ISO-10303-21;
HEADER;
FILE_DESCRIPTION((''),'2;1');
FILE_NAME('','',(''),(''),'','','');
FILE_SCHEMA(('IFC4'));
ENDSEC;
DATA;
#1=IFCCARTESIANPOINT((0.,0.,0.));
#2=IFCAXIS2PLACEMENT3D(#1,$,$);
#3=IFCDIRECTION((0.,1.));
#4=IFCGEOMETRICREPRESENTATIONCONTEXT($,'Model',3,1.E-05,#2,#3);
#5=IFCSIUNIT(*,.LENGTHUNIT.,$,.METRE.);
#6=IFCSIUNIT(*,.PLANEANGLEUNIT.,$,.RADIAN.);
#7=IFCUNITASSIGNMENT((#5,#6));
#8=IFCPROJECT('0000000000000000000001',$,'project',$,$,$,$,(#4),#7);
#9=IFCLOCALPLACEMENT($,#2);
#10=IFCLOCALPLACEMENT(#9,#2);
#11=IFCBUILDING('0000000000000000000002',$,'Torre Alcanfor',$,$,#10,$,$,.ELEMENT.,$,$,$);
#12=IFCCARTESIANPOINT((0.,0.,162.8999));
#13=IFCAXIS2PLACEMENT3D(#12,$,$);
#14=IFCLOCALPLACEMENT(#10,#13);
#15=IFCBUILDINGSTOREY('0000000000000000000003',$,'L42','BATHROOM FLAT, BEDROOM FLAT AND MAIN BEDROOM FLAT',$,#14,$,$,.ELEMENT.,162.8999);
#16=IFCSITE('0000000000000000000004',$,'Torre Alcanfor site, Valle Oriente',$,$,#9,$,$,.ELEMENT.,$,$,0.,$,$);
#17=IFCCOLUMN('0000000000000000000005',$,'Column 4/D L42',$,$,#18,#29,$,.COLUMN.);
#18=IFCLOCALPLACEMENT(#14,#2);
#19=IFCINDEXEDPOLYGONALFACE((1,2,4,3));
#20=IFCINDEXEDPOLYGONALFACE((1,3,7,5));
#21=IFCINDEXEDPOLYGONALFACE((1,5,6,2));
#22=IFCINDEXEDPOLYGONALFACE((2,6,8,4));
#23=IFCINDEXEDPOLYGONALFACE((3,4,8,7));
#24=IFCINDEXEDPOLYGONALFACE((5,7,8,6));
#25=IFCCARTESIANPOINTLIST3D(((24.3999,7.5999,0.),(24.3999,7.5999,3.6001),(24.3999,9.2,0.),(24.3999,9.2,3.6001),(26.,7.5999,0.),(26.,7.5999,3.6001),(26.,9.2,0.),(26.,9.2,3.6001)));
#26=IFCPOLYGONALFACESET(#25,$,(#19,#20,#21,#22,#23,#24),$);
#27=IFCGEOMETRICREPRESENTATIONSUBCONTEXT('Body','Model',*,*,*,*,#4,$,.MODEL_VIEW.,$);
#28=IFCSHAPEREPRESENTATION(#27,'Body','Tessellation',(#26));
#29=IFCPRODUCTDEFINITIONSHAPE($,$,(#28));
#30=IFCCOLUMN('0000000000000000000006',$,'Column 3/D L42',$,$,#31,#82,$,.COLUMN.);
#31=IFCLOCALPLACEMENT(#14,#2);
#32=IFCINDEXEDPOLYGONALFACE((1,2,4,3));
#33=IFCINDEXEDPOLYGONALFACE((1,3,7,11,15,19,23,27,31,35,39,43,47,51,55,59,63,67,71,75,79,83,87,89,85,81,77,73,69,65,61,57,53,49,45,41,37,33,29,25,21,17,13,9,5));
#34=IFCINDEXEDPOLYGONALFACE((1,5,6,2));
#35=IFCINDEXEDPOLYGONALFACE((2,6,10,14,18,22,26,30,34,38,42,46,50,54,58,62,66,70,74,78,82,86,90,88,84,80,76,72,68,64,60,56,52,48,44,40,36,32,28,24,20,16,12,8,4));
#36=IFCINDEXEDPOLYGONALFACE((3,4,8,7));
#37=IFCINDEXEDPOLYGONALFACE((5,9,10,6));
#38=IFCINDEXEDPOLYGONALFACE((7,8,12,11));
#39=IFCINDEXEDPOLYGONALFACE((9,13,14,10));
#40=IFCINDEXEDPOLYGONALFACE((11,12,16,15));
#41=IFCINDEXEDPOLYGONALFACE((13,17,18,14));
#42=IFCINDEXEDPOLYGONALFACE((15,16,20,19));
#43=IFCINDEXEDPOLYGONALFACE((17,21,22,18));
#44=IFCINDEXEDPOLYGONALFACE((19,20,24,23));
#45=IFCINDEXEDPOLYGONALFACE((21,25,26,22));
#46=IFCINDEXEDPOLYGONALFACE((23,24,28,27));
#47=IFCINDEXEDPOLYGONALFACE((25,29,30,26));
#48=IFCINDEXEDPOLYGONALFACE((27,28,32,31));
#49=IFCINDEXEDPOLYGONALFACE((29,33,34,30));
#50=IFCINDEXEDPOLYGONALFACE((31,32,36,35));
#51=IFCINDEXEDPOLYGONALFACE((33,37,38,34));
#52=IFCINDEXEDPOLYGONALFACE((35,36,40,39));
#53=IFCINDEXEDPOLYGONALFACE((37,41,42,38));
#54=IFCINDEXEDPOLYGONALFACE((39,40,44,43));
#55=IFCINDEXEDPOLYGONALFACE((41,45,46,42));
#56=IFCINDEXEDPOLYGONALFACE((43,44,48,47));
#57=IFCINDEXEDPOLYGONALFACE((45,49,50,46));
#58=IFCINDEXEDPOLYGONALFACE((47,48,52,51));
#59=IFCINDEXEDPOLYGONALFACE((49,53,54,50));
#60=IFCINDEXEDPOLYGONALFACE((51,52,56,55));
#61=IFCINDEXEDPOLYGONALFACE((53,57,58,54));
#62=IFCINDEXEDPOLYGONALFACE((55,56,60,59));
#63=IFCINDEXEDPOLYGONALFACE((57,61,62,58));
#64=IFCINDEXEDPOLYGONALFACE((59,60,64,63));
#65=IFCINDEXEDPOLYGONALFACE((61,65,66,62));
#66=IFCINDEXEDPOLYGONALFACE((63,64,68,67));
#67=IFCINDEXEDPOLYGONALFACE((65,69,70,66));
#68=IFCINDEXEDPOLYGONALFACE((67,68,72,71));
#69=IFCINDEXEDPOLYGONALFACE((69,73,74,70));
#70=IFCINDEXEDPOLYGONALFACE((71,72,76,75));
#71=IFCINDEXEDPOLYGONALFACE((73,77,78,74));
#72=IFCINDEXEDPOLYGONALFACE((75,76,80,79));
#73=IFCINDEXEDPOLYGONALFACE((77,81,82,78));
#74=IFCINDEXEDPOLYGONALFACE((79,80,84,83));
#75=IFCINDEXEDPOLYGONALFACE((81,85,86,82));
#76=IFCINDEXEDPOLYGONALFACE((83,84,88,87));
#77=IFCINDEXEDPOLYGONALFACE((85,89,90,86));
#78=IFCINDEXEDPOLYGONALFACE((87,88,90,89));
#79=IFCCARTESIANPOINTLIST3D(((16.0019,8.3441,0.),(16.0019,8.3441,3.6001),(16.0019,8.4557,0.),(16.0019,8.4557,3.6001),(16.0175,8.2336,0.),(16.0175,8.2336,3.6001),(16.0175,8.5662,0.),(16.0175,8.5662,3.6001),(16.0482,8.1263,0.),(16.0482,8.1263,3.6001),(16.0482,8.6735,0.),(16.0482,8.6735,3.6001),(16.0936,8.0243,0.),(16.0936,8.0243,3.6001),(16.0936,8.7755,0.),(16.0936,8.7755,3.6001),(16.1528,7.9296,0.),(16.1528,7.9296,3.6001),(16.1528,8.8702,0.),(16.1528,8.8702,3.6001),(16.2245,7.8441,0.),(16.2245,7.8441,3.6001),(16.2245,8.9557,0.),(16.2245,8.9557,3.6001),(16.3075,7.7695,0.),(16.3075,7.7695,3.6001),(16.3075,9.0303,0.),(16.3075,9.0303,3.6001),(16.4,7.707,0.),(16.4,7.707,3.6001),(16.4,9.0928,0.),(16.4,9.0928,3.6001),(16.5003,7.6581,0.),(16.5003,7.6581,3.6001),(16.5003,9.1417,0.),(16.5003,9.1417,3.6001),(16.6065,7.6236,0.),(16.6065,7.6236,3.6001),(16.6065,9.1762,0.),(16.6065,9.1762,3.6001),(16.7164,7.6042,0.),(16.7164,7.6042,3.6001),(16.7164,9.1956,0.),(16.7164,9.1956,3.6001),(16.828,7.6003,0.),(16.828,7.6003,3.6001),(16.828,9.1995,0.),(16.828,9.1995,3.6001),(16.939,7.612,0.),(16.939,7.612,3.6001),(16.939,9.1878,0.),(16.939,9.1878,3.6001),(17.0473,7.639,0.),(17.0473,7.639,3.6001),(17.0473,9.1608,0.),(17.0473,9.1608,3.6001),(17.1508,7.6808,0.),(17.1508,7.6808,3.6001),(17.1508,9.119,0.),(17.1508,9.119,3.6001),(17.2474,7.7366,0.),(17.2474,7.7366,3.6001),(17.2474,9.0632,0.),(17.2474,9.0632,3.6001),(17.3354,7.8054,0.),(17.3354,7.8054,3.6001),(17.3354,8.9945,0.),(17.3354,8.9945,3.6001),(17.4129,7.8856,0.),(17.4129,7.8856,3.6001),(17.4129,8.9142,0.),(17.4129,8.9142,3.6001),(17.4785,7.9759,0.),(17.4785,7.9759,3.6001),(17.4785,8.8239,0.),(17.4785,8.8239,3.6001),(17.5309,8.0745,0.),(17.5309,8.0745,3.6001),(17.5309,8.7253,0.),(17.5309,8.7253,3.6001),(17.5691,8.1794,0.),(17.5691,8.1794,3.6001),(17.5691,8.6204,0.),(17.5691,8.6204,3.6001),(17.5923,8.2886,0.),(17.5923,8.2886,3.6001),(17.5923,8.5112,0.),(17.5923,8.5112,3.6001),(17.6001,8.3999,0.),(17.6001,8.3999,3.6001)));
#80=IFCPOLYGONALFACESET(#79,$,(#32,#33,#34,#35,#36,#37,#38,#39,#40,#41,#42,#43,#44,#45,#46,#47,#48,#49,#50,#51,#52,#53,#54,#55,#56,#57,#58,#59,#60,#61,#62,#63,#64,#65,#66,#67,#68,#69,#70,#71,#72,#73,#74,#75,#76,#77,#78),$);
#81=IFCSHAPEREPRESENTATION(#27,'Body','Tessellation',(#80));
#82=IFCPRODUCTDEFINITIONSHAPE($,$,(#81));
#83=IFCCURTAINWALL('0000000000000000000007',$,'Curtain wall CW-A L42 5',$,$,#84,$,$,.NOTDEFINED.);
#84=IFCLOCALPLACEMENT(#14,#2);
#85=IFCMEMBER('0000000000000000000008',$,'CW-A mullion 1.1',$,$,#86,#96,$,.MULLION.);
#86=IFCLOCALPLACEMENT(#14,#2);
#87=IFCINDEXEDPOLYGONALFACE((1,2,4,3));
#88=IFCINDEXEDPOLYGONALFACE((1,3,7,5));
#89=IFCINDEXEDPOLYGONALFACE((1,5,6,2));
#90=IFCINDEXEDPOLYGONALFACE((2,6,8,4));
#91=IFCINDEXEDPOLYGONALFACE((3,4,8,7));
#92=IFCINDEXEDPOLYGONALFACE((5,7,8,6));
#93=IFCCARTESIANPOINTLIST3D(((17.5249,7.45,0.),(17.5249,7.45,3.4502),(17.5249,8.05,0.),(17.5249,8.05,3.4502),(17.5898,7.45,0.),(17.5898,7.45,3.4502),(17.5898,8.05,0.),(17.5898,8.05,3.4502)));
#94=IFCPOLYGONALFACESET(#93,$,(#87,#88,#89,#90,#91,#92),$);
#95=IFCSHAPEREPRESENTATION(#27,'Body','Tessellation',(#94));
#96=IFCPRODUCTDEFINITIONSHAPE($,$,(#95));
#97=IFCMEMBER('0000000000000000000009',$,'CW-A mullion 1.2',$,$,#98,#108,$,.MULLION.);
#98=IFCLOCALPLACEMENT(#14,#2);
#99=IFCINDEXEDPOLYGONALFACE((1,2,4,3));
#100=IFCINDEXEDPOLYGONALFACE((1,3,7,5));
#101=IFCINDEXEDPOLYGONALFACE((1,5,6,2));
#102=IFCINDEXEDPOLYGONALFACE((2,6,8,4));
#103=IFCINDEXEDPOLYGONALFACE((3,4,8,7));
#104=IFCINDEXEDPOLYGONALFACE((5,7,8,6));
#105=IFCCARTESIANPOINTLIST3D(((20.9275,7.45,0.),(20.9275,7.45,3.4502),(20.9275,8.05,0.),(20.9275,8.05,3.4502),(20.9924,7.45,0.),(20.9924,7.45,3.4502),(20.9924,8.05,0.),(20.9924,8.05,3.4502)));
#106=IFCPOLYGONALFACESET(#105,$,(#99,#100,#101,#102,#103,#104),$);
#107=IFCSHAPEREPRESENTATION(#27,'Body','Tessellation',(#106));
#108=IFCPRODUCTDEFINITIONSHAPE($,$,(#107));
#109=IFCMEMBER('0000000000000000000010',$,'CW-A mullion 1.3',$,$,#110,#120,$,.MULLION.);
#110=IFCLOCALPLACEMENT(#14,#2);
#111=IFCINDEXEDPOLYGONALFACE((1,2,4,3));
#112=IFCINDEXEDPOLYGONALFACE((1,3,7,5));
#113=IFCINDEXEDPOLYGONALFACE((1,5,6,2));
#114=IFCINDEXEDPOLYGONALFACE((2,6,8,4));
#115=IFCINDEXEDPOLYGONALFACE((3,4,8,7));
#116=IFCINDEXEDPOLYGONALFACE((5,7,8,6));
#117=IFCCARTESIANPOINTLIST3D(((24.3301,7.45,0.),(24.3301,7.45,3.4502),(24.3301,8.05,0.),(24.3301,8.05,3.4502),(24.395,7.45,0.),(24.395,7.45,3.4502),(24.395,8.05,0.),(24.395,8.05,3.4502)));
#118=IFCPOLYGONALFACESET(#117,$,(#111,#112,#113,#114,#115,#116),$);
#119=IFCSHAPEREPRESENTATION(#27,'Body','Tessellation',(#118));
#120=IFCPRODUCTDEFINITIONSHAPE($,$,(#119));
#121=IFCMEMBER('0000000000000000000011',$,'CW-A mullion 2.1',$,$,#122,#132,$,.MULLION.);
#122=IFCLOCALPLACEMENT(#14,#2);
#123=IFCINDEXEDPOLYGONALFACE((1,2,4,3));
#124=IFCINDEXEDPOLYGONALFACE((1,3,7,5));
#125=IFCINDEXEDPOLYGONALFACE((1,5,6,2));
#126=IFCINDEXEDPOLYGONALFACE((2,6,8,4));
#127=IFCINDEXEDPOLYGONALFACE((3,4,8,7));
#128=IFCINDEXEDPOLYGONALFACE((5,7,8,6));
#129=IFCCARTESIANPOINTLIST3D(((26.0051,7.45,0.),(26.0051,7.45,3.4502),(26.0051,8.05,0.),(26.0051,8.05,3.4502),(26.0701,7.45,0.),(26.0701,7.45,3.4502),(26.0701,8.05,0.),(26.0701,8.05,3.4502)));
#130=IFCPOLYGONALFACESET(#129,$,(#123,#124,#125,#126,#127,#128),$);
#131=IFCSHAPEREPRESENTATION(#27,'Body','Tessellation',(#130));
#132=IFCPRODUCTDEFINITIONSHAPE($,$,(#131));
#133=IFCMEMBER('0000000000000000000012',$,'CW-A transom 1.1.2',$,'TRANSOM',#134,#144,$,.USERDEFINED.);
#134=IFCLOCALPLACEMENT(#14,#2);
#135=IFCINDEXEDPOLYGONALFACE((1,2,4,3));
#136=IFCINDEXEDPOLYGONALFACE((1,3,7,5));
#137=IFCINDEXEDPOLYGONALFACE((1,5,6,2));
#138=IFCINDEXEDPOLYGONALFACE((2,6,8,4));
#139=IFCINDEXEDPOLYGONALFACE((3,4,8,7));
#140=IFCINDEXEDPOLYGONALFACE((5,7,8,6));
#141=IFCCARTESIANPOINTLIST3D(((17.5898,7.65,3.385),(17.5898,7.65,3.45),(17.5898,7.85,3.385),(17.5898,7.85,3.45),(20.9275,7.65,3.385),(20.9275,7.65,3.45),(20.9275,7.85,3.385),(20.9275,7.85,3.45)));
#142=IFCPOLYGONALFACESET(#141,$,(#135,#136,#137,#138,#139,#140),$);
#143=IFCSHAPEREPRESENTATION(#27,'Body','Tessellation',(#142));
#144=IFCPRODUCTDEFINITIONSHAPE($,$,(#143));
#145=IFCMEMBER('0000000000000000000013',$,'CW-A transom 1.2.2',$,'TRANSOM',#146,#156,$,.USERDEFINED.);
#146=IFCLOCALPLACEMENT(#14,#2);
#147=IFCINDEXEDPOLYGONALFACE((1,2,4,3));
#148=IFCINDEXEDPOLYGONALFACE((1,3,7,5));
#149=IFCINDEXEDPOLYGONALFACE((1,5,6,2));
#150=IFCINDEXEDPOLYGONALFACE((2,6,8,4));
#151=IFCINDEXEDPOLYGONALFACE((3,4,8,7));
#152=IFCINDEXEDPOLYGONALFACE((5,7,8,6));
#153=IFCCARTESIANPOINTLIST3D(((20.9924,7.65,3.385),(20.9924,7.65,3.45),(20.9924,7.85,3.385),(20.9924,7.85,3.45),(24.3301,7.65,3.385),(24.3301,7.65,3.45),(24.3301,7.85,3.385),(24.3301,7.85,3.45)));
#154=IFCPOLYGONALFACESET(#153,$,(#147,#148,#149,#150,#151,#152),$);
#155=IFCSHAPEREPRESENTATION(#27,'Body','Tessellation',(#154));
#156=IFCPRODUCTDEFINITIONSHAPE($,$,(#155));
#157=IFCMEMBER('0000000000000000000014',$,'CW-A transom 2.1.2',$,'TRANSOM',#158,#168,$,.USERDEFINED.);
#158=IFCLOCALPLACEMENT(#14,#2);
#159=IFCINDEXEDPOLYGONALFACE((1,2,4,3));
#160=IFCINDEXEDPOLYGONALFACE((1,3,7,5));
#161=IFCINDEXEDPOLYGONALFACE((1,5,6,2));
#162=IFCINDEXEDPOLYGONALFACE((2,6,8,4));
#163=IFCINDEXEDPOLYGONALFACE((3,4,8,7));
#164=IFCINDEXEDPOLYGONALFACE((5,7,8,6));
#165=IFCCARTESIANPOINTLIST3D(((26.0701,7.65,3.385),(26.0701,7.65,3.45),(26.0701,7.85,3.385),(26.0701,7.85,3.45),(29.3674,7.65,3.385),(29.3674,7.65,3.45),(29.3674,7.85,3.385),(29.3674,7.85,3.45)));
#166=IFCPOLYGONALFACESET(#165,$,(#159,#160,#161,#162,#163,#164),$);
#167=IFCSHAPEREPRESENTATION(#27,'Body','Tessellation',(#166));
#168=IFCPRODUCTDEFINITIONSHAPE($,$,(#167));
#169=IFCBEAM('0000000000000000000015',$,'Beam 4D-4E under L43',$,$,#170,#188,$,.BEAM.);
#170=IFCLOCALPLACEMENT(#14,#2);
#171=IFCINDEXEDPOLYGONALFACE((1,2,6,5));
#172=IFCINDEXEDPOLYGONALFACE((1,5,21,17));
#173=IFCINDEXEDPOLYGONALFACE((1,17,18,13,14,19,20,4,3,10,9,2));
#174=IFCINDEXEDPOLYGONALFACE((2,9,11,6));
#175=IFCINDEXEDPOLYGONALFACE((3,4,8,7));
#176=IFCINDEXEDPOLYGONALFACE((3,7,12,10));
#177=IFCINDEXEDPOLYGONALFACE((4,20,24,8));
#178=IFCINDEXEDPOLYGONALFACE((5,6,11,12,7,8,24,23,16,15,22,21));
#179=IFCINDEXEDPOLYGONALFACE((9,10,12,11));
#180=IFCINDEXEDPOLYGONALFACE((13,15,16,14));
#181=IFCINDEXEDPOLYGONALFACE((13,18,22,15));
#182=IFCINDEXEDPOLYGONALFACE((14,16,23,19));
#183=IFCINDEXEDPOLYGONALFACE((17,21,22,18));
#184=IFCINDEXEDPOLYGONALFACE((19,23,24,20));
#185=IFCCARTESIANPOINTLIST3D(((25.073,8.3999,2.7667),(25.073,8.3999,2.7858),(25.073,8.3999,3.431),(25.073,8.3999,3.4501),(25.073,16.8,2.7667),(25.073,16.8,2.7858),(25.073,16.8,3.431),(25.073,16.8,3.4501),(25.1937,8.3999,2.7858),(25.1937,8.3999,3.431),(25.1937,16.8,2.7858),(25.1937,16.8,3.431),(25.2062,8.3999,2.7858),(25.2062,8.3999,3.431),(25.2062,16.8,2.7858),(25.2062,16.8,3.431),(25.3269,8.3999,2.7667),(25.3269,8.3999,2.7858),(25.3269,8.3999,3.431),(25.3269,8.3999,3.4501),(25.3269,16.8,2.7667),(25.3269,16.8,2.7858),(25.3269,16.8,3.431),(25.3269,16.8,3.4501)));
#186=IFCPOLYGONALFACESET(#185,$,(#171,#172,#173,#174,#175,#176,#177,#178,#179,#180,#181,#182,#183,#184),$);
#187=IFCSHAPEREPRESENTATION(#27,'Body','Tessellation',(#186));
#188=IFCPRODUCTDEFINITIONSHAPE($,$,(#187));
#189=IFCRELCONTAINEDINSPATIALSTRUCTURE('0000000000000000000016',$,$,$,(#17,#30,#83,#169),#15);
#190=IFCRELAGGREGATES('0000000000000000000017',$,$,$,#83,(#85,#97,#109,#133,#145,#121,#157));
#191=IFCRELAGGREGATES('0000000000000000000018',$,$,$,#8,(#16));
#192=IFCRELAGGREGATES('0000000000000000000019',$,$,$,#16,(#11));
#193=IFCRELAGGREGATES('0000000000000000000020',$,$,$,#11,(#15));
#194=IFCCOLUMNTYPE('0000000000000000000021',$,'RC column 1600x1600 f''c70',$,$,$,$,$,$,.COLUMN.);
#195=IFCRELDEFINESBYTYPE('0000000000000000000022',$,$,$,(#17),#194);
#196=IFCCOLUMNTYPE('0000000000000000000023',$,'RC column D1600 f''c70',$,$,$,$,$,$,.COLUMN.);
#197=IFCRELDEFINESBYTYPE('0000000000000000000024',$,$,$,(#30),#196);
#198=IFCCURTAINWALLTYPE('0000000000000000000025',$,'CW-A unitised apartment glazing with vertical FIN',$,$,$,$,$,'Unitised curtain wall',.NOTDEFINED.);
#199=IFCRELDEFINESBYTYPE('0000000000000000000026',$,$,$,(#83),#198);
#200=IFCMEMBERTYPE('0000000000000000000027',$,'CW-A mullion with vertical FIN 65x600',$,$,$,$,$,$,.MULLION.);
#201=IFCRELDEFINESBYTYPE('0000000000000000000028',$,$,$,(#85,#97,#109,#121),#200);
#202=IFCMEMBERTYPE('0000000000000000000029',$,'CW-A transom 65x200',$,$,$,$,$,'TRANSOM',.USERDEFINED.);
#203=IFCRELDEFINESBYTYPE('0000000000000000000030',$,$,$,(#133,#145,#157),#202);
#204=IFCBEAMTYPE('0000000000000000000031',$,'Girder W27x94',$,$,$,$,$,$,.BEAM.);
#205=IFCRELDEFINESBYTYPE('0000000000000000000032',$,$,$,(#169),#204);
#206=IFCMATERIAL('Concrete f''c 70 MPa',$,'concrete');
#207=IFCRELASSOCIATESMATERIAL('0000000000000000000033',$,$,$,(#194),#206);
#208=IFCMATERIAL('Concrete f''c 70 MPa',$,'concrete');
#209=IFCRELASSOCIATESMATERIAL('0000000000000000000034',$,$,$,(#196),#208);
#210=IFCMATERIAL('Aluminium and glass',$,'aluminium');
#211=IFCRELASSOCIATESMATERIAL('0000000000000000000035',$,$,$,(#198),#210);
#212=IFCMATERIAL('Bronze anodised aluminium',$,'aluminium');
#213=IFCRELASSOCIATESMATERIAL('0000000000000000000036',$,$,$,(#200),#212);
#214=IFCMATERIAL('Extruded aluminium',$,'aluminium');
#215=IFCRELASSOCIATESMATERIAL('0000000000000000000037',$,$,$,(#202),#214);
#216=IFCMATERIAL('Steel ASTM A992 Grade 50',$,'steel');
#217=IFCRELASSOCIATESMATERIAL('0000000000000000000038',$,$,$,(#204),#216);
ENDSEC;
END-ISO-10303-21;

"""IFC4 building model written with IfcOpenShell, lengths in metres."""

from ifc_helpers import new_model, si_unit, direction, frame, origin, origin_2d, place, context, subcontext, project, spatial, rectangle, circle, i_section, extrude, material, material_profile, profile_set, type_object, element, aggregate, save


model = new_model("IFC4")

# Units and contexts
model_context = context("Model", 3, precision=1e-05, world=origin(), true_north=direction((0.0, 1.0)))
body_context = subcontext(model_context, "Body", "Model", "MODEL_VIEW")
ifc_project = project(units=[si_unit("LENGTHUNIT", "METRE"), si_unit("PLANEANGLEUNIT", "RADIAN")], contexts=[model_context])

# Site, building, storey
site_placement = place(None, origin())
site = spatial("IfcSite", under=ifc_project, at=site_placement, Name="Torre Alcanfor site, Valle Oriente", CompositionType="ELEMENT", RefElevation=0.0)
building_placement = place(site_placement, origin())
building = spatial("IfcBuilding", under=site, at=building_placement, Name="Torre Alcanfor", CompositionType="ELEMENT")
storey_placement = place(building_placement, frame((0.0, 0.0, 162.8999)))
storey = spatial("IfcBuildingStorey", under=building, at=storey_placement, Name="L42", Description="BATHROOM FLAT, BEDROOM FLAT AND MAIN BEDROOM FLAT", CompositionType="ELEMENT", Elevation=162.8999)

# Columns
ifc_material_1 = material(Name="Concrete f'c 70 MPa", Category="concrete")
ifc_material_profile_1 = material_profile(ifc_material_1, rectangle(XDim=1.6001, YDim=1.6001, at=origin_2d()), Name="1600x1600")
ifc_profile_set_1 = profile_set([ifc_material_profile_1], Name="Concrete f'c 70 MPa")
column_type_1 = type_object("IfcColumnType", Name="RC column 1600x1600 f'c70", PredefinedType="COLUMN", material=ifc_profile_set_1)
column_1_placement = place(storey_placement, frame((25.2, 8.3999, 0.0), z_axis=(0.0, 0.0, 1.0), x_axis=(1.0, 0.0, 0.0)))
element("IfcColumn", 1, at=column_1_placement, inside=storey, type_object=column_type_1, Name="Column 4/D L42", PredefinedType="COLUMN", context=body_context, shape_type="SweptSolid", body=[
    extrude(rectangle(XDim=1.6001, YDim=1.6001, at=origin_2d()), origin(), (0.0, 0.0, 1.0), 3.6001),
])
ifc_material_2 = material(Name="Concrete f'c 70 MPa", Category="concrete")
ifc_material_profile_2 = material_profile(ifc_material_2, circle(Radius=0.8, at=origin_2d()), Name="D1600")
ifc_profile_set_2 = profile_set([ifc_material_profile_2], Name="Concrete f'c 70 MPa")
column_type_2 = type_object("IfcColumnType", Name="RC column D1600 f'c70", PredefinedType="COLUMN", material=ifc_profile_set_2)
column_2_placement = place(storey_placement, frame((16.8, 8.3999, 0.0), z_axis=(0.0, 0.0, 1.0), x_axis=(1.0, 0.0, 0.0)))
element("IfcColumn", 2, at=column_2_placement, inside=storey, type_object=column_type_2, Name="Column 3/D L42", PredefinedType="COLUMN", context=body_context, shape_type="SweptSolid", body=[
    extrude(circle(Radius=0.8, at=origin_2d()), origin(), (0.0, 0.0, 1.0), 3.6001),
])

# Curtain wall, members
ifc_material_3 = material(Name="Aluminium and glass", Category="aluminium")
curtain_wall_type = type_object("IfcCurtainWallType", Name="CW-A unitised apartment glazing with vertical FIN", ElementType="Unitised curtain wall", PredefinedType="NOTDEFINED", material=ifc_material_3)
curtain_wall_placement = place(storey_placement, origin())
curtain_wall = element("IfcCurtainWall", 3, at=curtain_wall_placement, inside=storey, type_object=curtain_wall_type, Name="Curtain wall CW-A L42 5", PredefinedType="NOTDEFINED")
ifc_material_4 = material(Name="Bronze anodised aluminium", Category="aluminium")
ifc_material_profile_3 = material_profile(ifc_material_4, rectangle(XDim=0.6001, YDim=0.0649, at=origin_2d()), Name="CW-A mullion 65x600")
ifc_profile_set_3 = profile_set([ifc_material_profile_3], Name="Bronze anodised aluminium")
member_type_1 = type_object("IfcMemberType", Name="CW-A mullion with vertical FIN 65x600", PredefinedType="MULLION", material=ifc_profile_set_3)
member_1_placement = place(storey_placement, frame((17.5574, 7.75, 0.0), z_axis=(0.0, 0.0, 1.0), x_axis=(0.0, 1.0, 0.0)))
member_1 = element("IfcMember", 4, at=member_1_placement, type_object=member_type_1, Name="CW-A mullion 1.1", PredefinedType="MULLION", context=body_context, shape_type="SweptSolid", body=[
    extrude(rectangle(XDim=0.6001, YDim=0.0649, at=origin_2d()), origin(), (0.0, 0.0, 1.0), 3.4502),
])
member_2_placement = place(storey_placement, frame((20.96, 7.75, 0.0), z_axis=(0.0, 0.0, 1.0), x_axis=(0.0, 1.0, 0.0)))
member_2 = element("IfcMember", 5, at=member_2_placement, type_object=member_type_1, Name="CW-A mullion 1.2", PredefinedType="MULLION", context=body_context, shape_type="SweptSolid", body=[
    extrude(rectangle(XDim=0.6001, YDim=0.0649, at=origin_2d()), origin(), (0.0, 0.0, 1.0), 3.4502),
])
member_3_placement = place(storey_placement, frame((24.3625, 7.75, 0.0), z_axis=(0.0, 0.0, 1.0), x_axis=(0.0, 1.0, 0.0)))
member_3 = element("IfcMember", 6, at=member_3_placement, type_object=member_type_1, Name="CW-A mullion 1.3", PredefinedType="MULLION", context=body_context, shape_type="SweptSolid", body=[
    extrude(rectangle(XDim=0.6001, YDim=0.0649, at=origin_2d()), origin(), (0.0, 0.0, 1.0), 3.4502),
])
member_4_placement = place(storey_placement, frame((26.0376, 7.75, 0.0), z_axis=(0.0, 0.0, 1.0), x_axis=(0.0, 1.0, 0.0)))
member_4 = element("IfcMember", 7, at=member_4_placement, type_object=member_type_1, Name="CW-A mullion 2.1", PredefinedType="MULLION", context=body_context, shape_type="SweptSolid", body=[
    extrude(rectangle(XDim=0.6001, YDim=0.0649, at=origin_2d()), origin(), (0.0, 0.0, 1.0), 3.4502),
])
ifc_material_5 = material(Name="Extruded aluminium", Category="aluminium")
ifc_material_profile_4 = material_profile(ifc_material_5, rectangle(XDim=0.2, YDim=0.0649, at=origin_2d()), Name="CW-A transom 200x65")
ifc_profile_set_4 = profile_set([ifc_material_profile_4], Name="Extruded aluminium")
member_type_2 = type_object("IfcMemberType", Name="CW-A transom 65x200", ElementType="TRANSOM", PredefinedType="USERDEFINED", material=ifc_profile_set_4)
member_5_placement = place(storey_placement, frame((17.5898, 7.75, 3.4175), z_axis=(1.0, 0.0, 0.0), x_axis=(0.0, 1.0, 0.0)))
member_5 = element("IfcMember", 8, at=member_5_placement, type_object=member_type_2, Name="CW-A transom 1.1.2", ObjectType="TRANSOM", PredefinedType="USERDEFINED", context=body_context, shape_type="SweptSolid", body=[
    extrude(rectangle(XDim=0.2, YDim=0.0649, at=origin_2d()), origin(), (0.0, 0.0, 1.0), 3.3376),
])
member_6_placement = place(storey_placement, frame((20.9924, 7.75, 3.4175), z_axis=(1.0, 0.0, 0.0), x_axis=(0.0, 1.0, 0.0)))
member_6 = element("IfcMember", 9, at=member_6_placement, type_object=member_type_2, Name="CW-A transom 1.2.2", ObjectType="TRANSOM", PredefinedType="USERDEFINED", context=body_context, shape_type="SweptSolid", body=[
    extrude(rectangle(XDim=0.2, YDim=0.0649, at=origin_2d()), origin(), (0.0, 0.0, 1.0), 3.3376),
])
member_7_placement = place(storey_placement, frame((26.0701, 7.75, 3.4175), z_axis=(1.0, 0.0, 0.0), x_axis=(0.0, 1.0, 0.0)))
member_7 = element("IfcMember", 10, at=member_7_placement, type_object=member_type_2, Name="CW-A transom 2.1.2", ObjectType="TRANSOM", PredefinedType="USERDEFINED", context=body_context, shape_type="SweptSolid", body=[
    extrude(rectangle(XDim=0.2, YDim=0.0649, at=origin_2d()), origin(), (0.0, 0.0, 1.0), 3.2974),
])

# Beam
ifc_material_6 = material(Name="Steel ASTM A992 Grade 50", Category="steel")
ifc_material_profile_5 = material_profile(ifc_material_6, i_section(OverallWidth=0.2539, OverallDepth=0.6833, WebThickness=0.0125, FlangeThickness=0.019, at=origin_2d()), Name="W27x94")
ifc_profile_set_5 = profile_set([ifc_material_profile_5], Name="Steel ASTM A992 Grade 50")
beam_type_1 = type_object("IfcBeamType", Name="Girder W27x94", PredefinedType="BEAM", material=ifc_profile_set_5)
beam_1_placement = place(storey_placement, frame((25.2, 8.3999, 3.1084), z_axis=(0.0, 1.0, 0.0), x_axis=(-1.0, 0.0, 0.0)))
element("IfcBeam", 11, at=beam_1_placement, inside=storey, type_object=beam_type_1, Name="Beam 4D-4E under L43", PredefinedType="BEAM", context=body_context, shape_type="SweptSolid", body=[
    extrude(i_section(OverallWidth=0.2539, OverallDepth=0.6833, WebThickness=0.0125, FlangeThickness=0.019, at=origin_2d()), origin(), (0.0, 0.0, 1.0), 8.4001),
])

aggregate(curtain_wall, [member_1, member_2, member_3, member_5, member_6, member_4, member_7])

save(model, "model.ifc")
